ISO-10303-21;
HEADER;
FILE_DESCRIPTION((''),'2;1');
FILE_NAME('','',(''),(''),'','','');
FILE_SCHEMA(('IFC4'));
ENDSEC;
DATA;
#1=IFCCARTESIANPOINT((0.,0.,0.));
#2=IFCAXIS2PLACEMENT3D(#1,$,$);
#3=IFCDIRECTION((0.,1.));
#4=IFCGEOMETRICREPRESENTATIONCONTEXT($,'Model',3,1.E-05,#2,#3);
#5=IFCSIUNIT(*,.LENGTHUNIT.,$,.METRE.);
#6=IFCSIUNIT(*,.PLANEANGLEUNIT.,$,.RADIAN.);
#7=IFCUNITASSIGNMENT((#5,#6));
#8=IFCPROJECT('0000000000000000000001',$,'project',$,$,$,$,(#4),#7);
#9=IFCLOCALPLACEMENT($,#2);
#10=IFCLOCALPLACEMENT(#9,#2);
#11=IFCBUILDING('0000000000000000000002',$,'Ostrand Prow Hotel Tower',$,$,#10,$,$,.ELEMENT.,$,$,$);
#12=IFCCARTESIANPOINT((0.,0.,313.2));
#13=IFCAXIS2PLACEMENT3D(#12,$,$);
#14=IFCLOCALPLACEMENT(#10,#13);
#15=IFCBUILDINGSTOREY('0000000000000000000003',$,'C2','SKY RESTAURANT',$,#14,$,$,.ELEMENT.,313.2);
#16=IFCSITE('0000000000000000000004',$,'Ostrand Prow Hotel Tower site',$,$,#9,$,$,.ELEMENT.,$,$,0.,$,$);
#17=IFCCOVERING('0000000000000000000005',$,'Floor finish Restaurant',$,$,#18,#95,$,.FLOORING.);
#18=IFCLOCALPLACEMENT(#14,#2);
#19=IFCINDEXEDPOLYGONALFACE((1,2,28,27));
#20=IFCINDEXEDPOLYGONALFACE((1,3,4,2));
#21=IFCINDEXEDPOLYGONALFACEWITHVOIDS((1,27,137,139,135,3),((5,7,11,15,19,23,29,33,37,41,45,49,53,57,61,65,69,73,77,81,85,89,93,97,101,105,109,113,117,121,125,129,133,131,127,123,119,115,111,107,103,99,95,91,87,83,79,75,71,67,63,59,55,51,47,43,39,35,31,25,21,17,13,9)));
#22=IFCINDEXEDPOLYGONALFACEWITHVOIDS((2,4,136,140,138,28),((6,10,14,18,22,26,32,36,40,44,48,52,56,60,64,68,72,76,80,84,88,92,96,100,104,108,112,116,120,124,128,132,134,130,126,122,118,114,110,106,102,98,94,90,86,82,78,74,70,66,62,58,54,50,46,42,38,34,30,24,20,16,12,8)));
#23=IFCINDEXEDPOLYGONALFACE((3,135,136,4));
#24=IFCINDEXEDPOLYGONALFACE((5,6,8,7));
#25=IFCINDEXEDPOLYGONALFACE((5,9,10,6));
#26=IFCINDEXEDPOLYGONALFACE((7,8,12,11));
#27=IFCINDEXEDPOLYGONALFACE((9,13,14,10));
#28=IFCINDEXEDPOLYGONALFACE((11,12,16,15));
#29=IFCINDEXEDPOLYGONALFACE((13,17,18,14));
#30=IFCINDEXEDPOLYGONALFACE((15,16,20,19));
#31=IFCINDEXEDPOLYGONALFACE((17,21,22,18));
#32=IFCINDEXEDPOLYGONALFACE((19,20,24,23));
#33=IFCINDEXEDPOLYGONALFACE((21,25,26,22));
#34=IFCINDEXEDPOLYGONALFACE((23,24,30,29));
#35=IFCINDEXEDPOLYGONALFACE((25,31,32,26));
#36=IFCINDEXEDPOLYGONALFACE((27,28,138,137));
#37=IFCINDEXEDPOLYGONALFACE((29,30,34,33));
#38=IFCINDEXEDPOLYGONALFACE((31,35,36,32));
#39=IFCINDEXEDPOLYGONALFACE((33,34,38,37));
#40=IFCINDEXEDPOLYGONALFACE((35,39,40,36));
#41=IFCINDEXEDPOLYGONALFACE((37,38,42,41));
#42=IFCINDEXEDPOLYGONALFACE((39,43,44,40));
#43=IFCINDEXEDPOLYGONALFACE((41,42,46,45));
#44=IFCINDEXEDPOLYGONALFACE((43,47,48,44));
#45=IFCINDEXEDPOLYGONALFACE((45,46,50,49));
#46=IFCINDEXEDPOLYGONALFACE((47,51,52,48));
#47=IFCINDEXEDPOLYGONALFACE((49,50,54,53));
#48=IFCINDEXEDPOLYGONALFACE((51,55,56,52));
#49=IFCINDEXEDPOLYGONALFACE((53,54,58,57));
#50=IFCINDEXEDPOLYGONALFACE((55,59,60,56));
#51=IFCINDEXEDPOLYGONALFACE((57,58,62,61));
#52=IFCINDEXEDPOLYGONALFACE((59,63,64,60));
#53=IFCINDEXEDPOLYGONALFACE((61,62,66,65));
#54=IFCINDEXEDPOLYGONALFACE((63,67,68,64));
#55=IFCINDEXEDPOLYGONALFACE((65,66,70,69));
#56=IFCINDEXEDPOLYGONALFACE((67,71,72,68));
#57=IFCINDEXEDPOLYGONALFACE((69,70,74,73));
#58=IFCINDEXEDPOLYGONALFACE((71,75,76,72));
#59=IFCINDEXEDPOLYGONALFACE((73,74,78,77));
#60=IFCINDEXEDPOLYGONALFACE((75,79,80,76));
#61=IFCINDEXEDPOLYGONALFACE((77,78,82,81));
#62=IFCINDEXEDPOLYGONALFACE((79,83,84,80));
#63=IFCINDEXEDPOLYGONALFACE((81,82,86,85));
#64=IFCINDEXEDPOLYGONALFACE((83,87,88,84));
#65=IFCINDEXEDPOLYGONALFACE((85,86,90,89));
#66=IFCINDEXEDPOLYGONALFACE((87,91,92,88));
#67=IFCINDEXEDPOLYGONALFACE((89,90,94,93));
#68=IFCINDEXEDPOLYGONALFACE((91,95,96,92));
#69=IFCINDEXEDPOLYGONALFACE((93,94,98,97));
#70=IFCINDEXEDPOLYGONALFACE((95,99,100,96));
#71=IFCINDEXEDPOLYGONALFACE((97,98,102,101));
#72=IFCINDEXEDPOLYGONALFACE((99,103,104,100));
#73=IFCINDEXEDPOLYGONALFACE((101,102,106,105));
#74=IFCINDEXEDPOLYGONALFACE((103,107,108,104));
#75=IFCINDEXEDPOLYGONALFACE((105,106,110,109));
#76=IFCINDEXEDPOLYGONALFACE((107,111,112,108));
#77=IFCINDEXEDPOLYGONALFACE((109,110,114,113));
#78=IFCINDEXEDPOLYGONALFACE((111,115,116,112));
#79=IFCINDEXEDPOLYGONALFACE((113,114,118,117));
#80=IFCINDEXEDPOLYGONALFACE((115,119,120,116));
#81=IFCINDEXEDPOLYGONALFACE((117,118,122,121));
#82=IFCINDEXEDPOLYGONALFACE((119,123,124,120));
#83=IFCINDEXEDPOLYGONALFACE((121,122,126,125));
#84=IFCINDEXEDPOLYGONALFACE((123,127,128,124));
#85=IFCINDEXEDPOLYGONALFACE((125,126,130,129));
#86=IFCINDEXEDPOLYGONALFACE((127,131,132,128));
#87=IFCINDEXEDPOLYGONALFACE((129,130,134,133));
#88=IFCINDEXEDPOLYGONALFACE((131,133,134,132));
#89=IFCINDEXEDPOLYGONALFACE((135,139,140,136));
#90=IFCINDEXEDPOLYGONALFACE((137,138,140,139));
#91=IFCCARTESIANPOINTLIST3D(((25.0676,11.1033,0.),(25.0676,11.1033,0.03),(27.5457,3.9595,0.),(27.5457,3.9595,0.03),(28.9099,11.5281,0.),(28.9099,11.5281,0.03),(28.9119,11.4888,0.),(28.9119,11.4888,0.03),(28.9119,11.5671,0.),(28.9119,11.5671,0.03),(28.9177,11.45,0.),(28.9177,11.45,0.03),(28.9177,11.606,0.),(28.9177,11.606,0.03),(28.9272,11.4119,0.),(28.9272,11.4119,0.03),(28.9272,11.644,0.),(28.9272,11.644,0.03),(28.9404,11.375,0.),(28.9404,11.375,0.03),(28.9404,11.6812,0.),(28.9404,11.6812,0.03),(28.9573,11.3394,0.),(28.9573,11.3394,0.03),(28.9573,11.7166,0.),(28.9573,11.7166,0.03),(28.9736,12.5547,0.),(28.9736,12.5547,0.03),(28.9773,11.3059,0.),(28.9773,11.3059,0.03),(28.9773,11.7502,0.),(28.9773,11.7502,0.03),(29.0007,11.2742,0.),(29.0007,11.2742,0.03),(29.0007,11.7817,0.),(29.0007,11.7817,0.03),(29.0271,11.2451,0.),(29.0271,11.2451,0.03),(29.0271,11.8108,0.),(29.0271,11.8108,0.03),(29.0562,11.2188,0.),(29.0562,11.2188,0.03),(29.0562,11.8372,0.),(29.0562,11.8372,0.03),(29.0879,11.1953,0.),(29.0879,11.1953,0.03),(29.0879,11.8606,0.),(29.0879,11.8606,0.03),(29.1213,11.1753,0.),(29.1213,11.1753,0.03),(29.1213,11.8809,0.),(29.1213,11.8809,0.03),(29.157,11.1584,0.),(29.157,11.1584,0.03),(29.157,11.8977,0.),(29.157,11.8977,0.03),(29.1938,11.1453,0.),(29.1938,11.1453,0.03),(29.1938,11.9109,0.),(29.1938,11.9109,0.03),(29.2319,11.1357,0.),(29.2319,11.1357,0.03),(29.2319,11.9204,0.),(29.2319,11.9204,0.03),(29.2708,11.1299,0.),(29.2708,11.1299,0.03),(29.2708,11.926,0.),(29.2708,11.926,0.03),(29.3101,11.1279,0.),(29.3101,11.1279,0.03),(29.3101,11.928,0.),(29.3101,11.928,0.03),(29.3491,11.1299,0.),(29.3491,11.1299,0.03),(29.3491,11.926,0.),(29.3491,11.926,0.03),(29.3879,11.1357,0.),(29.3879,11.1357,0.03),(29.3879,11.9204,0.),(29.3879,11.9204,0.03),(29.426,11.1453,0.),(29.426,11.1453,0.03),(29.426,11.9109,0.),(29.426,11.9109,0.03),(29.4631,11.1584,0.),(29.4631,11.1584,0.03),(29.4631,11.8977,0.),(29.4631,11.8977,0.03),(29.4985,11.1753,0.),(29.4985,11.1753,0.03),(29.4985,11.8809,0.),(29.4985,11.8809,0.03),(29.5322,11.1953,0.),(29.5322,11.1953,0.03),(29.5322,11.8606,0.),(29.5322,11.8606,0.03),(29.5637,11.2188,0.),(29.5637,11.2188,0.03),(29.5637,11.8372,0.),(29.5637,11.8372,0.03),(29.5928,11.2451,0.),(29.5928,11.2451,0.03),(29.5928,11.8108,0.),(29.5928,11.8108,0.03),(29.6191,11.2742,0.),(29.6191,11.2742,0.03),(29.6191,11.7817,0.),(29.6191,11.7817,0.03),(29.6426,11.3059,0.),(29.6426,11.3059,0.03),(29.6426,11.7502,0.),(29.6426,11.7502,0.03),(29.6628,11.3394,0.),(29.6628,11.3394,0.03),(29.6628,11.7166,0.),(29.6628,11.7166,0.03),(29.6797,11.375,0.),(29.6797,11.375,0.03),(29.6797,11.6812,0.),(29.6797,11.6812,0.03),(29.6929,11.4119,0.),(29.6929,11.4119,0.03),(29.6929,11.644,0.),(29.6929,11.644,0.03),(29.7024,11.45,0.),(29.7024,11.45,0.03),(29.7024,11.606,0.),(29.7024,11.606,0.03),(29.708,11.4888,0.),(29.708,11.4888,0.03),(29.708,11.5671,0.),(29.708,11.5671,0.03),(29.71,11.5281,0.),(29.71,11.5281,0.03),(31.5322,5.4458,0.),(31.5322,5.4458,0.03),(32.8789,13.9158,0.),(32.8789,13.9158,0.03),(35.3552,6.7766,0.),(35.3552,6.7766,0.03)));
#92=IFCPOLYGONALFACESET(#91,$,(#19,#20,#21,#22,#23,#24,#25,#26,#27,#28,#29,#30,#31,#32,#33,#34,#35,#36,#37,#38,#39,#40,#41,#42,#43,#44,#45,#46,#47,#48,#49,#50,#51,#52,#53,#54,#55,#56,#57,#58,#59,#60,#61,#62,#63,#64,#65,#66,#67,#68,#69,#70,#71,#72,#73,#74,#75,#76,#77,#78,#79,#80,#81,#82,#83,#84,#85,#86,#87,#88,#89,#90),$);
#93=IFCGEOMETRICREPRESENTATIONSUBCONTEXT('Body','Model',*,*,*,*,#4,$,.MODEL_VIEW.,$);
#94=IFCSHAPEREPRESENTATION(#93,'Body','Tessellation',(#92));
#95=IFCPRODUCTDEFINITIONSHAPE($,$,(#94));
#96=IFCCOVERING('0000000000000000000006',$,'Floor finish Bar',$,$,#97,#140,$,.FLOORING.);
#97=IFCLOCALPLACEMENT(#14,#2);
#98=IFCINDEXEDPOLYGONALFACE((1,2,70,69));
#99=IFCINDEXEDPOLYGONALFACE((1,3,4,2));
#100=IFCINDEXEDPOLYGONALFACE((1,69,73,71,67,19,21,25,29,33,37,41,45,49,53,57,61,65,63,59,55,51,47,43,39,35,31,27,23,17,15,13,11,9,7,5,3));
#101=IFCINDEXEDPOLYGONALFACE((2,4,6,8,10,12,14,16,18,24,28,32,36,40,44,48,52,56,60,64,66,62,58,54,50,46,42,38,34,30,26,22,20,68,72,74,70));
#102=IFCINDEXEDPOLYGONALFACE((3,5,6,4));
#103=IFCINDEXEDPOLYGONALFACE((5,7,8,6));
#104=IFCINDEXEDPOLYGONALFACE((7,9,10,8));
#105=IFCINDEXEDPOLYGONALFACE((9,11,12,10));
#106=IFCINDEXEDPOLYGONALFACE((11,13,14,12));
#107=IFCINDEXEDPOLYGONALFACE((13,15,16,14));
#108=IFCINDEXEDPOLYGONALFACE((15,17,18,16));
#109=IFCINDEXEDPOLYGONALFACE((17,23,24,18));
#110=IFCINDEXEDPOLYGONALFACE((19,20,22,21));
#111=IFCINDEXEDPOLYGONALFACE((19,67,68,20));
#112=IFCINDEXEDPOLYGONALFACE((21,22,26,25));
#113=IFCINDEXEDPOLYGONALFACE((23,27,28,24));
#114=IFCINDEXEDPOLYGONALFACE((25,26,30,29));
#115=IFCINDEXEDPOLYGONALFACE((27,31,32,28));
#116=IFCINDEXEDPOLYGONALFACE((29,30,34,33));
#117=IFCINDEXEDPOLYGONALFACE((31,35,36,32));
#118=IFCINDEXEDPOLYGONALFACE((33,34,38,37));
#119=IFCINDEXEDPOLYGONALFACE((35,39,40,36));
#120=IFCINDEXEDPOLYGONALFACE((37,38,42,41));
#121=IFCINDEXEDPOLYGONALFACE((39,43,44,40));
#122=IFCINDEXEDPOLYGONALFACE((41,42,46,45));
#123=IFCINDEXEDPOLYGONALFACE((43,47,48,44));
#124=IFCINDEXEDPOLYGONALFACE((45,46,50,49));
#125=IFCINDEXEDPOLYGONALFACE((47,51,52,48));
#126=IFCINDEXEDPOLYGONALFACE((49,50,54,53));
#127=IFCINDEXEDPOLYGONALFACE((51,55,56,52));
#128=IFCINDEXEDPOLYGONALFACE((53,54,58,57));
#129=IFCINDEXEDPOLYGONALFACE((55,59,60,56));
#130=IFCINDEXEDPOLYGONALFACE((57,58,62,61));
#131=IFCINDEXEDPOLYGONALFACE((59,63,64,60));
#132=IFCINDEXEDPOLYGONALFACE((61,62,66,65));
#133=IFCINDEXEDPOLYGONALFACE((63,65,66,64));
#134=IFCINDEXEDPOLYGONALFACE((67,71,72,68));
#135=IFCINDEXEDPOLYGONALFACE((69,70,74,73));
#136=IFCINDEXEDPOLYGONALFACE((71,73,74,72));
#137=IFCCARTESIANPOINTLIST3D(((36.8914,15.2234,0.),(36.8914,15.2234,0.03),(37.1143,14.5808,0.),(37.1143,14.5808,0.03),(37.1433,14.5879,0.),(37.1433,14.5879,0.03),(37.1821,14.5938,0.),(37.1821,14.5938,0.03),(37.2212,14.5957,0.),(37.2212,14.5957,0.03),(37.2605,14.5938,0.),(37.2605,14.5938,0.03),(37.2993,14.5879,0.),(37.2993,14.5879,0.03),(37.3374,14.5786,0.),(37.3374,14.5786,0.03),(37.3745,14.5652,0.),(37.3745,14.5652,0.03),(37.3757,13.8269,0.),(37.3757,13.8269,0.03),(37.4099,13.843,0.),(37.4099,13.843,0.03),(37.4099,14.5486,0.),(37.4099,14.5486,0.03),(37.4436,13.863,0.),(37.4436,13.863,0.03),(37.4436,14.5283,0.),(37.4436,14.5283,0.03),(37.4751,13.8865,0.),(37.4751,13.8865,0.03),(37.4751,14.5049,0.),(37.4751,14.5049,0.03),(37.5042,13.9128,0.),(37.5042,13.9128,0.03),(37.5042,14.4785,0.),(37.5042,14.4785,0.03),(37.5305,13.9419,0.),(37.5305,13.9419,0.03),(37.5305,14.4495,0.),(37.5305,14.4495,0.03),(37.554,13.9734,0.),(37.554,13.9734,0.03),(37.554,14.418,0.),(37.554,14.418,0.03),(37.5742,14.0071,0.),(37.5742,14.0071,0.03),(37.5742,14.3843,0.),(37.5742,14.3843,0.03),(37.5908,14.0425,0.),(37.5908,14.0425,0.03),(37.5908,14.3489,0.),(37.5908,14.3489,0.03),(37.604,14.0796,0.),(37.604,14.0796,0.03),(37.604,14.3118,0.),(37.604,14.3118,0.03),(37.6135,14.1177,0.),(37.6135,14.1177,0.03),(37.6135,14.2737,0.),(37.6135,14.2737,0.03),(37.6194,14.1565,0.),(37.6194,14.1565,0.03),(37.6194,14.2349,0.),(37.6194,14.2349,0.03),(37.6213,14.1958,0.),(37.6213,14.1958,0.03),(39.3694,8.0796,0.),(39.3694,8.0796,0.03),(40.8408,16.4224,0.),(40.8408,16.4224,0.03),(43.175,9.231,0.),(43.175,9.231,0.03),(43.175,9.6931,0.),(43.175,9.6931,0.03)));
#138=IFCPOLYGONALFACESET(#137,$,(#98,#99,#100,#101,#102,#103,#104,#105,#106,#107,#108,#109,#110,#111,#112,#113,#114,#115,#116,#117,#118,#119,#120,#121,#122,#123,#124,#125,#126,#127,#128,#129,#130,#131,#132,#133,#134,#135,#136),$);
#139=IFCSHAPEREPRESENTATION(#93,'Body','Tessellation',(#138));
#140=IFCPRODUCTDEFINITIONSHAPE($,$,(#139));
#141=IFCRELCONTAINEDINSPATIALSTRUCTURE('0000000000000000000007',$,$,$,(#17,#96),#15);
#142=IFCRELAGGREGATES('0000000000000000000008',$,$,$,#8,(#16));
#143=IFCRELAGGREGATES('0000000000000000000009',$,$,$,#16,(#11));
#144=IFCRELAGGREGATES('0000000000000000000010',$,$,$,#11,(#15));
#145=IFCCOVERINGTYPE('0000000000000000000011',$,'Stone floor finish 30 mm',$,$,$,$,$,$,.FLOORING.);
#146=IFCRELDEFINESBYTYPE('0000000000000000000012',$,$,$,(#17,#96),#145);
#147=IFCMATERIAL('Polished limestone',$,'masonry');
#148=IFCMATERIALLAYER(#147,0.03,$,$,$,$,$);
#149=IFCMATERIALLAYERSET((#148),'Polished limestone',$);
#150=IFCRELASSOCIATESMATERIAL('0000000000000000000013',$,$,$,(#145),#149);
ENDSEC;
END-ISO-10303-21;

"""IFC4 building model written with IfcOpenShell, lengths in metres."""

from ifc_helpers import new_model, si_unit, direction, frame, origin, place, context, subcontext, project, spatial, polyline, outline, extrude, material, layer, layer_set, type_object, element, save


model = new_model("IFC4")

# Units and contexts
model_context = context("Model", 3, precision=1e-05, world=origin(), true_north=direction((0.0, 1.0)))
body_context = subcontext(model_context, "Body", "Model", "MODEL_VIEW")
ifc_project = project(units=[si_unit("LENGTHUNIT", "METRE"), si_unit("PLANEANGLEUNIT", "RADIAN")], contexts=[model_context])

# Site, building, storey
site_placement = place(None, origin())
site = spatial("IfcSite", under=ifc_project, at=site_placement, Name="Ostrand Prow Hotel Tower site", CompositionType="ELEMENT", RefElevation=0.0)
building_placement = place(site_placement, origin())
building = spatial("IfcBuilding", under=site, at=building_placement, Name="Ostrand Prow Hotel Tower", CompositionType="ELEMENT")
storey_placement = place(building_placement, frame((0.0, 0.0, 313.2)))
storey = spatial("IfcBuildingStorey", under=building, at=storey_placement, Name="C2", Description="SKY RESTAURANT", CompositionType="ELEMENT", Elevation=313.2)

# Coverings
ifc_material_1 = material(Name="Polished limestone", Category="masonry")
ifc_layer_1 = layer(ifc_material_1, 0.03)
ifc_layer_set_1 = layer_set([ifc_layer_1], Name="Polished limestone")
covering_type_1 = type_object("IfcCoveringType", Name="Stone floor finish 30 mm", PredefinedType="FLOORING", material=ifc_layer_set_1)
covering_1_placement = place(storey_placement, origin())
element("IfcCovering", 1, at=covering_1_placement, inside=storey, type_object=covering_type_1, Name="Floor finish Restaurant", PredefinedType="FLOORING", context=body_context, shape_type="SweptSolid", body=[
    extrude(outline(polyline([(31.5322, 5.4458), (35.3552, 6.7766), (32.8789, 13.9158), (28.9736, 12.5547), (25.0676, 11.1033), (27.5457, 3.9595), (31.5322, 5.4458)]), holes=[polyline([(29.6628, 11.3394), (29.6426, 11.3059), (29.6191, 11.2742), (29.5928, 11.2451), (29.5637, 11.2188), (29.5322, 11.1953), (29.4985, 11.1753), (29.4631, 11.1584), (29.426, 11.1453), (29.3879, 11.1357), (29.3491, 11.1299), (29.3101, 11.1279), (29.2708, 11.1299), (29.2319, 11.1357), (29.1938, 11.1453), (29.157, 11.1584), (29.1213, 11.1753), (29.0879, 11.1953), (29.0562, 11.2188), (29.0271, 11.2451), (29.0007, 11.2742), (28.9773, 11.3059), (28.9573, 11.3394), (28.9404, 11.375), (28.9272, 11.4119), (28.9177, 11.45), (28.9119, 11.4888), (28.9099, 11.5281), (28.9119, 11.5671), (28.9177, 11.606), (28.9272, 11.644), (28.9404, 11.6812), (28.9573, 11.7166), (28.9773, 11.7502), (29.0007, 11.7817), (29.0271, 11.8108), (29.0562, 11.8372), (29.0879, 11.8606), (29.1213, 11.8809), (29.157, 11.8977), (29.1938, 11.9109), (29.2319, 11.9204), (29.2708, 11.926), (29.3101, 11.928), (29.3491, 11.926), (29.3879, 11.9204), (29.426, 11.9109), (29.4631, 11.8977), (29.4985, 11.8809), (29.5322, 11.8606), (29.5637, 11.8372), (29.5928, 11.8108), (29.6191, 11.7817), (29.6426, 11.7502), (29.6628, 11.7166), (29.6797, 11.6812), (29.6929, 11.644), (29.7024, 11.606), (29.708, 11.5671), (29.71, 11.5281), (29.708, 11.4888), (29.7024, 11.45), (29.6929, 11.4119), (29.6797, 11.375), (29.6628, 11.3394)])]), origin(), (0.0, 0.0, 1.0), 0.03),
])
covering_2_placement = place(storey_placement, origin())
element("IfcCovering", 2, at=covering_2_placement, inside=storey, type_object=covering_type_1, Name="Floor finish Bar", PredefinedType="FLOORING", context=body_context, shape_type="SweptSolid", body=[
    extrude(outline(polyline([(43.175, 9.231), (43.175, 9.6931), (40.8408, 16.4224), (36.8914, 15.2234), (37.1143, 14.5808), (37.1433, 14.5879), (37.1821, 14.5938), (37.2212, 14.5957), (37.2605, 14.5938), (37.2993, 14.5879), (37.3374, 14.5786), (37.3745, 14.5652), (37.4099, 14.5486), (37.4436, 14.5283), (37.4751, 14.5049), (37.5042, 14.4785), (37.5305, 14.4495), (37.554, 14.418), (37.5742, 14.3843), (37.5908, 14.3489), (37.604, 14.3118), (37.6135, 14.2737), (37.6194, 14.2349), (37.6213, 14.1958), (37.6194, 14.1565), (37.6135, 14.1177), (37.604, 14.0796), (37.5908, 14.0425), (37.5742, 14.0071), (37.554, 13.9734), (37.5305, 13.9419), (37.5042, 13.9128), (37.4751, 13.8865), (37.4436, 13.863), (37.4099, 13.843), (37.3757, 13.8269), (39.3694, 8.0796), (43.175, 9.231)])), origin(), (0.0, 0.0, 1.0), 0.03),
])

save(model, "model.ifc")
